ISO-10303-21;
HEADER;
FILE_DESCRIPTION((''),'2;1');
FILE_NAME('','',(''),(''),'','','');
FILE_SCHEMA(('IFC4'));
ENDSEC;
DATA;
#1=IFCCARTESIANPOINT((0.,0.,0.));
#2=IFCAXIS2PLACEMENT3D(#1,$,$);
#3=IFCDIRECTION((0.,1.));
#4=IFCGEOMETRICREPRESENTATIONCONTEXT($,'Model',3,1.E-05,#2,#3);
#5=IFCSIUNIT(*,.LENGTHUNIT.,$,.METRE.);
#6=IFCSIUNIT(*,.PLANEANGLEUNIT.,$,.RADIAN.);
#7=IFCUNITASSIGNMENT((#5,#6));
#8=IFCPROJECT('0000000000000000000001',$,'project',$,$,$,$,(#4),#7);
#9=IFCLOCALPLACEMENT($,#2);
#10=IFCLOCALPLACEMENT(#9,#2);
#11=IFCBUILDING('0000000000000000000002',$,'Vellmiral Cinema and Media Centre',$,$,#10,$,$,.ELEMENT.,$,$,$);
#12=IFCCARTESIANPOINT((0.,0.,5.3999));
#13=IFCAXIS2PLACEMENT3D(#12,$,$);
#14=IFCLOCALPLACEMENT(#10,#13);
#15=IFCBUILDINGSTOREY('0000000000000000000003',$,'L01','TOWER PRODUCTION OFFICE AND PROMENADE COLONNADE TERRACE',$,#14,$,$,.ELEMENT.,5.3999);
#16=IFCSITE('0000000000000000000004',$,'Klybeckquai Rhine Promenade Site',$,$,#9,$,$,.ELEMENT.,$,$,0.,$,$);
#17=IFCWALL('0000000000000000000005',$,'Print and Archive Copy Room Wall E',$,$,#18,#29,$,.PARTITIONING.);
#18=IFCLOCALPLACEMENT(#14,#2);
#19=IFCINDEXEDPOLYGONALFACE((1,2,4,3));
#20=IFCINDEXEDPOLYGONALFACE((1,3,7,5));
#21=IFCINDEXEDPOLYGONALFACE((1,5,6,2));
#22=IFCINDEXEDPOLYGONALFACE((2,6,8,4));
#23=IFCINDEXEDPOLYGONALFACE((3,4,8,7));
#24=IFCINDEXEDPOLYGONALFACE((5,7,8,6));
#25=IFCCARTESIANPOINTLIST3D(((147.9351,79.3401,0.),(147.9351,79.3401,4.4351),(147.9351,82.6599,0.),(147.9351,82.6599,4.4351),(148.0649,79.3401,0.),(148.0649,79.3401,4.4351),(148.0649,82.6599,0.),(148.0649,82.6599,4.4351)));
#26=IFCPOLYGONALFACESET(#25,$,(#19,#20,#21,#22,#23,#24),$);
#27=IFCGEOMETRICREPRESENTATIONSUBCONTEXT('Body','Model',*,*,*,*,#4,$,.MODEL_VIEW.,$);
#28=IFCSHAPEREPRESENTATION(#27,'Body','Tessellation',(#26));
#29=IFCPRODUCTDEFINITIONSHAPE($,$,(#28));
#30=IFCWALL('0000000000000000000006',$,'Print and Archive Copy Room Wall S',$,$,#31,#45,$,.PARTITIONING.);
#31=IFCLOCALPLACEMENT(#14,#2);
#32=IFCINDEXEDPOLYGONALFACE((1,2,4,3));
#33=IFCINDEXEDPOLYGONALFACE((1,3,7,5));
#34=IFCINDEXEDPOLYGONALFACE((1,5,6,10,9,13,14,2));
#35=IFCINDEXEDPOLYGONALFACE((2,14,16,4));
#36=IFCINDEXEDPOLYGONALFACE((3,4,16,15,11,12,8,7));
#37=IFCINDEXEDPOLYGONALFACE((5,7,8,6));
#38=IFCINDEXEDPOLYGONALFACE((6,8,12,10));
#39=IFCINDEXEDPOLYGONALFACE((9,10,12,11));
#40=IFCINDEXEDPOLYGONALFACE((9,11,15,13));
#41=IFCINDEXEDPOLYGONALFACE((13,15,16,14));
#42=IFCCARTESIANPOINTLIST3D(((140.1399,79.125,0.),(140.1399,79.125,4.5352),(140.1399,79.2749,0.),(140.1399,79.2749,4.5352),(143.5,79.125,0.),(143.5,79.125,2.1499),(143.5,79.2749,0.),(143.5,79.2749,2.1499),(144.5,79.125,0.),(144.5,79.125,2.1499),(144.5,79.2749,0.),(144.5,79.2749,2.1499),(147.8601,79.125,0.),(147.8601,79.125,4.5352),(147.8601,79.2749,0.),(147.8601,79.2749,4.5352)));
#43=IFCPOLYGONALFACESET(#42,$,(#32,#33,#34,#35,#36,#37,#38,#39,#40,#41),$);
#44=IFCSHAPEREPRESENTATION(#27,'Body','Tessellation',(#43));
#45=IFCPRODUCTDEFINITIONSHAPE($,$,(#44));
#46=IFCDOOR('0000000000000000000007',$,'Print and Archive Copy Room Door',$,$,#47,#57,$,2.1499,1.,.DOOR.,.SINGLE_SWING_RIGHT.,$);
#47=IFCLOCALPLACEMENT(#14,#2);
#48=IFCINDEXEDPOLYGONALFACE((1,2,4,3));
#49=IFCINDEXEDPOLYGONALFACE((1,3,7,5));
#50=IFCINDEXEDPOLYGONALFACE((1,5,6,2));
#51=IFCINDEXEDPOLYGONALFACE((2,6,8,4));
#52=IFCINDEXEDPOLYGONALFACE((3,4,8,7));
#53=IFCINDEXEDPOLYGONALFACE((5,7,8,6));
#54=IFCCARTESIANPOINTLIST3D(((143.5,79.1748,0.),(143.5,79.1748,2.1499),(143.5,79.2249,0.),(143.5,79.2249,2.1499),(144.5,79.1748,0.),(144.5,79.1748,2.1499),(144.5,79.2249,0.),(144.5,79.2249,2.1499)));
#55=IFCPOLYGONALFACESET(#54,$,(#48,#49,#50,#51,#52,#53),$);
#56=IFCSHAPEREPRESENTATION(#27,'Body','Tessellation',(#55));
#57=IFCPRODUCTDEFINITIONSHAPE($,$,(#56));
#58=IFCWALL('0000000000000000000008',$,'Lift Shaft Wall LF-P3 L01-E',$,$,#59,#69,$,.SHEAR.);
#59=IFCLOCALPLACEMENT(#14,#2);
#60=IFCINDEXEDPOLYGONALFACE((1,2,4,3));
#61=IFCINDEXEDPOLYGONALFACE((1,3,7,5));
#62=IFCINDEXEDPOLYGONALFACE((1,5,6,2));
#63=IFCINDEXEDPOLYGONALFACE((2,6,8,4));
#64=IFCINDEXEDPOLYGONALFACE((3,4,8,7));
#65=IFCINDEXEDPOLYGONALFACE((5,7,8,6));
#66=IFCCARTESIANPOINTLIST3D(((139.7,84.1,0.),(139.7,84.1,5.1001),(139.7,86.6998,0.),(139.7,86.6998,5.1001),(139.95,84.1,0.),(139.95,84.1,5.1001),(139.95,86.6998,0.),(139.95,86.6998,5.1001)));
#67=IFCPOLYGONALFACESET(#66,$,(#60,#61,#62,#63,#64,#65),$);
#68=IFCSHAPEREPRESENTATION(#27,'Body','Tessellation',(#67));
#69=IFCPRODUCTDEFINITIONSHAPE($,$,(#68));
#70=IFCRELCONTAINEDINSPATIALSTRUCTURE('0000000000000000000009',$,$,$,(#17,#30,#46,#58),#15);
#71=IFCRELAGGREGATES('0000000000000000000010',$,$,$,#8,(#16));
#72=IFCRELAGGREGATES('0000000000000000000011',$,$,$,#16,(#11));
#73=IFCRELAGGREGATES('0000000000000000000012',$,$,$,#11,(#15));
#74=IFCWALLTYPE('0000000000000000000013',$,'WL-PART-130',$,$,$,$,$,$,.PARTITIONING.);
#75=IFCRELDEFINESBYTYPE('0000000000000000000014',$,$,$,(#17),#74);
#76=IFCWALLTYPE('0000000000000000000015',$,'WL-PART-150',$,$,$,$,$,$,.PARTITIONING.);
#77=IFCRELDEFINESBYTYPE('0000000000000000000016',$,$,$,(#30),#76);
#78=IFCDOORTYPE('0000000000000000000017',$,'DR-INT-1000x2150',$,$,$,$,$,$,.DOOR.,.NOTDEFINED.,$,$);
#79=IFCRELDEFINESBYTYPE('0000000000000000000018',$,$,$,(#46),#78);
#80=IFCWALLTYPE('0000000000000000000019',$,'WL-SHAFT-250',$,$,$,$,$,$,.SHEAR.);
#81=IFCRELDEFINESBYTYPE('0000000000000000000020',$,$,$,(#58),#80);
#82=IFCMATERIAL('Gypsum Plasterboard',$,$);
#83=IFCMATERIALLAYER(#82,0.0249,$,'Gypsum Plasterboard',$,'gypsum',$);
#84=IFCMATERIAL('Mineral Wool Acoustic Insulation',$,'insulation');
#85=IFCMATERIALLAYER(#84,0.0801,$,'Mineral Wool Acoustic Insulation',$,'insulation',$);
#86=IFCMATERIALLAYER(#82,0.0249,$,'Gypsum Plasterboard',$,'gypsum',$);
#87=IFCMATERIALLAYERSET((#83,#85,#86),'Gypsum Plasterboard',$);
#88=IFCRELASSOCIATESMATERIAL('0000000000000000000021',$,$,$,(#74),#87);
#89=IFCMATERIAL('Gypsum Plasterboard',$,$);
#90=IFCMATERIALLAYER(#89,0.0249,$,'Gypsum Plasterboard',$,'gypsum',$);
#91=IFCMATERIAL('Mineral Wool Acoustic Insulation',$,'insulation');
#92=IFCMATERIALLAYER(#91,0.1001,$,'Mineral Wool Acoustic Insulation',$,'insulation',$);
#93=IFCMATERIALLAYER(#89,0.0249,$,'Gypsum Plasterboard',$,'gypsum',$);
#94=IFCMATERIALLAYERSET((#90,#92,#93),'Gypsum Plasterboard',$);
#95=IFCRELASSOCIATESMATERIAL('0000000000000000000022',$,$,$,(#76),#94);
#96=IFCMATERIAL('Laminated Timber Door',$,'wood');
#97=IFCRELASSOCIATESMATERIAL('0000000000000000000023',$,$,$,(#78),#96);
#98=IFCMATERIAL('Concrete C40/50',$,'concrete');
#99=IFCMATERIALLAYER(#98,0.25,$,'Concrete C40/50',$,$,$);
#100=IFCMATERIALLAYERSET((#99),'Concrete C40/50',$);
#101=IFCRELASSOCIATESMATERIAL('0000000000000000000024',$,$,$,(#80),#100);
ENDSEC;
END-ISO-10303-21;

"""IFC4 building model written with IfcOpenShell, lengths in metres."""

from ifc_helpers import new_model, si_unit, direction, frame, frame_2d, origin, place, context, subcontext, project, spatial, rectangle, extrude, material, layer, layer_set, type_object, element, fill, save


model = new_model("IFC4")

# Units and contexts
model_context = context("Model", 3, precision=1e-05, world=origin(), true_north=direction((0.0, 1.0)))
body_context = subcontext(model_context, "Body", "Model", "MODEL_VIEW")
ifc_project = project(units=[si_unit("LENGTHUNIT", "METRE"), si_unit("PLANEANGLEUNIT", "RADIAN")], contexts=[model_context])

# Site, building, storey
site_placement = place(None, origin())
site = spatial("IfcSite", under=ifc_project, at=site_placement, Name="Klybeckquai Rhine Promenade Site", CompositionType="ELEMENT", RefElevation=0.0)
building_placement = place(site_placement, origin())
building = spatial("IfcBuilding", under=site, at=building_placement, Name="Vellmiral Cinema and Media Centre", CompositionType="ELEMENT")
storey_placement = place(building_placement, frame((0.0, 0.0, 5.3999)))
storey = spatial("IfcBuildingStorey", under=building, at=storey_placement, Name="L01", Description="TOWER PRODUCTION OFFICE AND PROMENADE COLONNADE TERRACE", CompositionType="ELEMENT", Elevation=5.3999)

# Wall
ifc_material_1 = material(Name="Gypsum Plasterboard")
ifc_layer_1 = layer(ifc_material_1, 0.0249, Name="Gypsum Plasterboard", Category="gypsum")
ifc_material_2 = material(Name="Mineral Wool Acoustic Insulation", Category="insulation")
ifc_layer_2 = layer(ifc_material_2, 0.0801, Name="Mineral Wool Acoustic Insulation", Category="insulation")
ifc_layer_3 = layer(ifc_material_1, 0.0249, Name="Gypsum Plasterboard", Category="gypsum")
ifc_layer_set_1 = layer_set([ifc_layer_1, ifc_layer_2, ifc_layer_3], Name="Gypsum Plasterboard")
wall_type_1 = type_object("IfcWallType", Name="WL-PART-130", PredefinedType="PARTITIONING", material=ifc_layer_set_1)
wall_1_placement = place(storey_placement, frame((148.0, 79.3401, 0.0), z_axis=(0.0, 0.0, 1.0), x_axis=(0.0, 1.0, 0.0)))
element("IfcWall", 1, at=wall_1_placement, inside=storey, type_object=wall_type_1, Name="Print and Archive Copy Room Wall E", PredefinedType="PARTITIONING", context=body_context, shape_type="SweptSolid", body=[
    extrude(rectangle(XDim=3.3198, YDim=0.1299, at=frame_2d((1.6599, 0.0))), origin(), (0.0, 0.0, 1.0), 4.4351),
])

# Wall, opening, door
ifc_material_3 = material(Name="Gypsum Plasterboard")
ifc_layer_4 = layer(ifc_material_3, 0.0249, Name="Gypsum Plasterboard", Category="gypsum")
ifc_material_4 = material(Name="Mineral Wool Acoustic Insulation", Category="insulation")
ifc_layer_5 = layer(ifc_material_4, 0.1001, Name="Mineral Wool Acoustic Insulation", Category="insulation")
ifc_layer_6 = layer(ifc_material_3, 0.0249, Name="Gypsum Plasterboard", Category="gypsum")
ifc_layer_set_2 = layer_set([ifc_layer_4, ifc_layer_5, ifc_layer_6], Name="Gypsum Plasterboard")
wall_type_2 = type_object("IfcWallType", Name="WL-PART-150", PredefinedType="PARTITIONING", material=ifc_layer_set_2)
wall_2_placement = place(storey_placement, frame((140.1399, 79.2, 0.0), z_axis=(0.0, 0.0, 1.0), x_axis=(1.0, 0.0, 0.0)))
wall_2 = element("IfcWall", 2, at=wall_2_placement, inside=storey, type_object=wall_type_2, Name="Print and Archive Copy Room Wall S", PredefinedType="PARTITIONING", context=body_context, shape_type="SweptSolid", body=[
    extrude(rectangle(XDim=7.7202, YDim=0.1499, at=frame_2d((3.8601, 0.0))), origin(), (0.0, 0.0, 1.0), 4.5352),
])
opening_1_placement = place(wall_2_placement, frame((3.3601, 0.0, 0.0)))
opening_1 = element("IfcOpeningElement", 3, at=opening_1_placement, cuts=wall_2, PredefinedType="OPENING", context=body_context, shape_type="SweptSolid", body=[
    extrude(rectangle(XDim=1.0, YDim=2.1499, at=frame_2d((0.5, 1.075))), frame((0.0, 0.0869, 0.0), z_axis=(0.0, -1.0, 0.0), x_axis=(1.0, 0.0, 0.0)), (0.0, 0.0, 1.0), 0.1738),
])
ifc_material_5 = material(Name="Laminated Timber Door", Category="wood")
door_type_1 = type_object("IfcDoorType", Name="DR-INT-1000x2150", OperationType="NOTDEFINED", PredefinedType="DOOR", material=ifc_material_5)
door_1_placement = place(opening_1_placement, origin())
door_1 = element("IfcDoor", 4, at=door_1_placement, inside=storey, type_object=door_type_1, Name="Print and Archive Copy Room Door", OperationType="SINGLE_SWING_RIGHT", OverallHeight=2.1499, OverallWidth=1.0, PredefinedType="DOOR", context=body_context, shape_type="SweptSolid", body=[
    extrude(rectangle(XDim=1.0, YDim=2.1499, at=frame_2d((0.5, 1.075))), frame((0.0, 0.0249, 0.0), z_axis=(0.0, -1.0, 0.0), x_axis=(1.0, 0.0, 0.0)), (0.0, 0.0, 1.0), 0.05),
])
fill(opening_1, door_1)

# Wall
ifc_material_6 = material(Name="Concrete C40/50", Category="concrete")
ifc_layer_7 = layer(ifc_material_6, 0.25, Name="Concrete C40/50")
ifc_layer_set_3 = layer_set([ifc_layer_7], Name="Concrete C40/50")
wall_type_3 = type_object("IfcWallType", Name="WL-SHAFT-250", PredefinedType="SHEAR", material=ifc_layer_set_3)
wall_3_placement = place(storey_placement, frame((139.825, 84.1001, 0.0), z_axis=(0.0, 0.0, 1.0), x_axis=(0.0, 1.0, 0.0)))
element("IfcWall", 5, at=wall_3_placement, inside=storey, type_object=wall_type_3, Name="Lift Shaft Wall LF-P3 L01-E", PredefinedType="SHEAR", context=body_context, shape_type="SweptSolid", body=[
    extrude(rectangle(XDim=2.5999, YDim=0.25, at=frame_2d((1.2998, 0.0))), origin(), (0.0, 0.0, 1.0), 5.1001),
])

save(model, "model.ifc")
